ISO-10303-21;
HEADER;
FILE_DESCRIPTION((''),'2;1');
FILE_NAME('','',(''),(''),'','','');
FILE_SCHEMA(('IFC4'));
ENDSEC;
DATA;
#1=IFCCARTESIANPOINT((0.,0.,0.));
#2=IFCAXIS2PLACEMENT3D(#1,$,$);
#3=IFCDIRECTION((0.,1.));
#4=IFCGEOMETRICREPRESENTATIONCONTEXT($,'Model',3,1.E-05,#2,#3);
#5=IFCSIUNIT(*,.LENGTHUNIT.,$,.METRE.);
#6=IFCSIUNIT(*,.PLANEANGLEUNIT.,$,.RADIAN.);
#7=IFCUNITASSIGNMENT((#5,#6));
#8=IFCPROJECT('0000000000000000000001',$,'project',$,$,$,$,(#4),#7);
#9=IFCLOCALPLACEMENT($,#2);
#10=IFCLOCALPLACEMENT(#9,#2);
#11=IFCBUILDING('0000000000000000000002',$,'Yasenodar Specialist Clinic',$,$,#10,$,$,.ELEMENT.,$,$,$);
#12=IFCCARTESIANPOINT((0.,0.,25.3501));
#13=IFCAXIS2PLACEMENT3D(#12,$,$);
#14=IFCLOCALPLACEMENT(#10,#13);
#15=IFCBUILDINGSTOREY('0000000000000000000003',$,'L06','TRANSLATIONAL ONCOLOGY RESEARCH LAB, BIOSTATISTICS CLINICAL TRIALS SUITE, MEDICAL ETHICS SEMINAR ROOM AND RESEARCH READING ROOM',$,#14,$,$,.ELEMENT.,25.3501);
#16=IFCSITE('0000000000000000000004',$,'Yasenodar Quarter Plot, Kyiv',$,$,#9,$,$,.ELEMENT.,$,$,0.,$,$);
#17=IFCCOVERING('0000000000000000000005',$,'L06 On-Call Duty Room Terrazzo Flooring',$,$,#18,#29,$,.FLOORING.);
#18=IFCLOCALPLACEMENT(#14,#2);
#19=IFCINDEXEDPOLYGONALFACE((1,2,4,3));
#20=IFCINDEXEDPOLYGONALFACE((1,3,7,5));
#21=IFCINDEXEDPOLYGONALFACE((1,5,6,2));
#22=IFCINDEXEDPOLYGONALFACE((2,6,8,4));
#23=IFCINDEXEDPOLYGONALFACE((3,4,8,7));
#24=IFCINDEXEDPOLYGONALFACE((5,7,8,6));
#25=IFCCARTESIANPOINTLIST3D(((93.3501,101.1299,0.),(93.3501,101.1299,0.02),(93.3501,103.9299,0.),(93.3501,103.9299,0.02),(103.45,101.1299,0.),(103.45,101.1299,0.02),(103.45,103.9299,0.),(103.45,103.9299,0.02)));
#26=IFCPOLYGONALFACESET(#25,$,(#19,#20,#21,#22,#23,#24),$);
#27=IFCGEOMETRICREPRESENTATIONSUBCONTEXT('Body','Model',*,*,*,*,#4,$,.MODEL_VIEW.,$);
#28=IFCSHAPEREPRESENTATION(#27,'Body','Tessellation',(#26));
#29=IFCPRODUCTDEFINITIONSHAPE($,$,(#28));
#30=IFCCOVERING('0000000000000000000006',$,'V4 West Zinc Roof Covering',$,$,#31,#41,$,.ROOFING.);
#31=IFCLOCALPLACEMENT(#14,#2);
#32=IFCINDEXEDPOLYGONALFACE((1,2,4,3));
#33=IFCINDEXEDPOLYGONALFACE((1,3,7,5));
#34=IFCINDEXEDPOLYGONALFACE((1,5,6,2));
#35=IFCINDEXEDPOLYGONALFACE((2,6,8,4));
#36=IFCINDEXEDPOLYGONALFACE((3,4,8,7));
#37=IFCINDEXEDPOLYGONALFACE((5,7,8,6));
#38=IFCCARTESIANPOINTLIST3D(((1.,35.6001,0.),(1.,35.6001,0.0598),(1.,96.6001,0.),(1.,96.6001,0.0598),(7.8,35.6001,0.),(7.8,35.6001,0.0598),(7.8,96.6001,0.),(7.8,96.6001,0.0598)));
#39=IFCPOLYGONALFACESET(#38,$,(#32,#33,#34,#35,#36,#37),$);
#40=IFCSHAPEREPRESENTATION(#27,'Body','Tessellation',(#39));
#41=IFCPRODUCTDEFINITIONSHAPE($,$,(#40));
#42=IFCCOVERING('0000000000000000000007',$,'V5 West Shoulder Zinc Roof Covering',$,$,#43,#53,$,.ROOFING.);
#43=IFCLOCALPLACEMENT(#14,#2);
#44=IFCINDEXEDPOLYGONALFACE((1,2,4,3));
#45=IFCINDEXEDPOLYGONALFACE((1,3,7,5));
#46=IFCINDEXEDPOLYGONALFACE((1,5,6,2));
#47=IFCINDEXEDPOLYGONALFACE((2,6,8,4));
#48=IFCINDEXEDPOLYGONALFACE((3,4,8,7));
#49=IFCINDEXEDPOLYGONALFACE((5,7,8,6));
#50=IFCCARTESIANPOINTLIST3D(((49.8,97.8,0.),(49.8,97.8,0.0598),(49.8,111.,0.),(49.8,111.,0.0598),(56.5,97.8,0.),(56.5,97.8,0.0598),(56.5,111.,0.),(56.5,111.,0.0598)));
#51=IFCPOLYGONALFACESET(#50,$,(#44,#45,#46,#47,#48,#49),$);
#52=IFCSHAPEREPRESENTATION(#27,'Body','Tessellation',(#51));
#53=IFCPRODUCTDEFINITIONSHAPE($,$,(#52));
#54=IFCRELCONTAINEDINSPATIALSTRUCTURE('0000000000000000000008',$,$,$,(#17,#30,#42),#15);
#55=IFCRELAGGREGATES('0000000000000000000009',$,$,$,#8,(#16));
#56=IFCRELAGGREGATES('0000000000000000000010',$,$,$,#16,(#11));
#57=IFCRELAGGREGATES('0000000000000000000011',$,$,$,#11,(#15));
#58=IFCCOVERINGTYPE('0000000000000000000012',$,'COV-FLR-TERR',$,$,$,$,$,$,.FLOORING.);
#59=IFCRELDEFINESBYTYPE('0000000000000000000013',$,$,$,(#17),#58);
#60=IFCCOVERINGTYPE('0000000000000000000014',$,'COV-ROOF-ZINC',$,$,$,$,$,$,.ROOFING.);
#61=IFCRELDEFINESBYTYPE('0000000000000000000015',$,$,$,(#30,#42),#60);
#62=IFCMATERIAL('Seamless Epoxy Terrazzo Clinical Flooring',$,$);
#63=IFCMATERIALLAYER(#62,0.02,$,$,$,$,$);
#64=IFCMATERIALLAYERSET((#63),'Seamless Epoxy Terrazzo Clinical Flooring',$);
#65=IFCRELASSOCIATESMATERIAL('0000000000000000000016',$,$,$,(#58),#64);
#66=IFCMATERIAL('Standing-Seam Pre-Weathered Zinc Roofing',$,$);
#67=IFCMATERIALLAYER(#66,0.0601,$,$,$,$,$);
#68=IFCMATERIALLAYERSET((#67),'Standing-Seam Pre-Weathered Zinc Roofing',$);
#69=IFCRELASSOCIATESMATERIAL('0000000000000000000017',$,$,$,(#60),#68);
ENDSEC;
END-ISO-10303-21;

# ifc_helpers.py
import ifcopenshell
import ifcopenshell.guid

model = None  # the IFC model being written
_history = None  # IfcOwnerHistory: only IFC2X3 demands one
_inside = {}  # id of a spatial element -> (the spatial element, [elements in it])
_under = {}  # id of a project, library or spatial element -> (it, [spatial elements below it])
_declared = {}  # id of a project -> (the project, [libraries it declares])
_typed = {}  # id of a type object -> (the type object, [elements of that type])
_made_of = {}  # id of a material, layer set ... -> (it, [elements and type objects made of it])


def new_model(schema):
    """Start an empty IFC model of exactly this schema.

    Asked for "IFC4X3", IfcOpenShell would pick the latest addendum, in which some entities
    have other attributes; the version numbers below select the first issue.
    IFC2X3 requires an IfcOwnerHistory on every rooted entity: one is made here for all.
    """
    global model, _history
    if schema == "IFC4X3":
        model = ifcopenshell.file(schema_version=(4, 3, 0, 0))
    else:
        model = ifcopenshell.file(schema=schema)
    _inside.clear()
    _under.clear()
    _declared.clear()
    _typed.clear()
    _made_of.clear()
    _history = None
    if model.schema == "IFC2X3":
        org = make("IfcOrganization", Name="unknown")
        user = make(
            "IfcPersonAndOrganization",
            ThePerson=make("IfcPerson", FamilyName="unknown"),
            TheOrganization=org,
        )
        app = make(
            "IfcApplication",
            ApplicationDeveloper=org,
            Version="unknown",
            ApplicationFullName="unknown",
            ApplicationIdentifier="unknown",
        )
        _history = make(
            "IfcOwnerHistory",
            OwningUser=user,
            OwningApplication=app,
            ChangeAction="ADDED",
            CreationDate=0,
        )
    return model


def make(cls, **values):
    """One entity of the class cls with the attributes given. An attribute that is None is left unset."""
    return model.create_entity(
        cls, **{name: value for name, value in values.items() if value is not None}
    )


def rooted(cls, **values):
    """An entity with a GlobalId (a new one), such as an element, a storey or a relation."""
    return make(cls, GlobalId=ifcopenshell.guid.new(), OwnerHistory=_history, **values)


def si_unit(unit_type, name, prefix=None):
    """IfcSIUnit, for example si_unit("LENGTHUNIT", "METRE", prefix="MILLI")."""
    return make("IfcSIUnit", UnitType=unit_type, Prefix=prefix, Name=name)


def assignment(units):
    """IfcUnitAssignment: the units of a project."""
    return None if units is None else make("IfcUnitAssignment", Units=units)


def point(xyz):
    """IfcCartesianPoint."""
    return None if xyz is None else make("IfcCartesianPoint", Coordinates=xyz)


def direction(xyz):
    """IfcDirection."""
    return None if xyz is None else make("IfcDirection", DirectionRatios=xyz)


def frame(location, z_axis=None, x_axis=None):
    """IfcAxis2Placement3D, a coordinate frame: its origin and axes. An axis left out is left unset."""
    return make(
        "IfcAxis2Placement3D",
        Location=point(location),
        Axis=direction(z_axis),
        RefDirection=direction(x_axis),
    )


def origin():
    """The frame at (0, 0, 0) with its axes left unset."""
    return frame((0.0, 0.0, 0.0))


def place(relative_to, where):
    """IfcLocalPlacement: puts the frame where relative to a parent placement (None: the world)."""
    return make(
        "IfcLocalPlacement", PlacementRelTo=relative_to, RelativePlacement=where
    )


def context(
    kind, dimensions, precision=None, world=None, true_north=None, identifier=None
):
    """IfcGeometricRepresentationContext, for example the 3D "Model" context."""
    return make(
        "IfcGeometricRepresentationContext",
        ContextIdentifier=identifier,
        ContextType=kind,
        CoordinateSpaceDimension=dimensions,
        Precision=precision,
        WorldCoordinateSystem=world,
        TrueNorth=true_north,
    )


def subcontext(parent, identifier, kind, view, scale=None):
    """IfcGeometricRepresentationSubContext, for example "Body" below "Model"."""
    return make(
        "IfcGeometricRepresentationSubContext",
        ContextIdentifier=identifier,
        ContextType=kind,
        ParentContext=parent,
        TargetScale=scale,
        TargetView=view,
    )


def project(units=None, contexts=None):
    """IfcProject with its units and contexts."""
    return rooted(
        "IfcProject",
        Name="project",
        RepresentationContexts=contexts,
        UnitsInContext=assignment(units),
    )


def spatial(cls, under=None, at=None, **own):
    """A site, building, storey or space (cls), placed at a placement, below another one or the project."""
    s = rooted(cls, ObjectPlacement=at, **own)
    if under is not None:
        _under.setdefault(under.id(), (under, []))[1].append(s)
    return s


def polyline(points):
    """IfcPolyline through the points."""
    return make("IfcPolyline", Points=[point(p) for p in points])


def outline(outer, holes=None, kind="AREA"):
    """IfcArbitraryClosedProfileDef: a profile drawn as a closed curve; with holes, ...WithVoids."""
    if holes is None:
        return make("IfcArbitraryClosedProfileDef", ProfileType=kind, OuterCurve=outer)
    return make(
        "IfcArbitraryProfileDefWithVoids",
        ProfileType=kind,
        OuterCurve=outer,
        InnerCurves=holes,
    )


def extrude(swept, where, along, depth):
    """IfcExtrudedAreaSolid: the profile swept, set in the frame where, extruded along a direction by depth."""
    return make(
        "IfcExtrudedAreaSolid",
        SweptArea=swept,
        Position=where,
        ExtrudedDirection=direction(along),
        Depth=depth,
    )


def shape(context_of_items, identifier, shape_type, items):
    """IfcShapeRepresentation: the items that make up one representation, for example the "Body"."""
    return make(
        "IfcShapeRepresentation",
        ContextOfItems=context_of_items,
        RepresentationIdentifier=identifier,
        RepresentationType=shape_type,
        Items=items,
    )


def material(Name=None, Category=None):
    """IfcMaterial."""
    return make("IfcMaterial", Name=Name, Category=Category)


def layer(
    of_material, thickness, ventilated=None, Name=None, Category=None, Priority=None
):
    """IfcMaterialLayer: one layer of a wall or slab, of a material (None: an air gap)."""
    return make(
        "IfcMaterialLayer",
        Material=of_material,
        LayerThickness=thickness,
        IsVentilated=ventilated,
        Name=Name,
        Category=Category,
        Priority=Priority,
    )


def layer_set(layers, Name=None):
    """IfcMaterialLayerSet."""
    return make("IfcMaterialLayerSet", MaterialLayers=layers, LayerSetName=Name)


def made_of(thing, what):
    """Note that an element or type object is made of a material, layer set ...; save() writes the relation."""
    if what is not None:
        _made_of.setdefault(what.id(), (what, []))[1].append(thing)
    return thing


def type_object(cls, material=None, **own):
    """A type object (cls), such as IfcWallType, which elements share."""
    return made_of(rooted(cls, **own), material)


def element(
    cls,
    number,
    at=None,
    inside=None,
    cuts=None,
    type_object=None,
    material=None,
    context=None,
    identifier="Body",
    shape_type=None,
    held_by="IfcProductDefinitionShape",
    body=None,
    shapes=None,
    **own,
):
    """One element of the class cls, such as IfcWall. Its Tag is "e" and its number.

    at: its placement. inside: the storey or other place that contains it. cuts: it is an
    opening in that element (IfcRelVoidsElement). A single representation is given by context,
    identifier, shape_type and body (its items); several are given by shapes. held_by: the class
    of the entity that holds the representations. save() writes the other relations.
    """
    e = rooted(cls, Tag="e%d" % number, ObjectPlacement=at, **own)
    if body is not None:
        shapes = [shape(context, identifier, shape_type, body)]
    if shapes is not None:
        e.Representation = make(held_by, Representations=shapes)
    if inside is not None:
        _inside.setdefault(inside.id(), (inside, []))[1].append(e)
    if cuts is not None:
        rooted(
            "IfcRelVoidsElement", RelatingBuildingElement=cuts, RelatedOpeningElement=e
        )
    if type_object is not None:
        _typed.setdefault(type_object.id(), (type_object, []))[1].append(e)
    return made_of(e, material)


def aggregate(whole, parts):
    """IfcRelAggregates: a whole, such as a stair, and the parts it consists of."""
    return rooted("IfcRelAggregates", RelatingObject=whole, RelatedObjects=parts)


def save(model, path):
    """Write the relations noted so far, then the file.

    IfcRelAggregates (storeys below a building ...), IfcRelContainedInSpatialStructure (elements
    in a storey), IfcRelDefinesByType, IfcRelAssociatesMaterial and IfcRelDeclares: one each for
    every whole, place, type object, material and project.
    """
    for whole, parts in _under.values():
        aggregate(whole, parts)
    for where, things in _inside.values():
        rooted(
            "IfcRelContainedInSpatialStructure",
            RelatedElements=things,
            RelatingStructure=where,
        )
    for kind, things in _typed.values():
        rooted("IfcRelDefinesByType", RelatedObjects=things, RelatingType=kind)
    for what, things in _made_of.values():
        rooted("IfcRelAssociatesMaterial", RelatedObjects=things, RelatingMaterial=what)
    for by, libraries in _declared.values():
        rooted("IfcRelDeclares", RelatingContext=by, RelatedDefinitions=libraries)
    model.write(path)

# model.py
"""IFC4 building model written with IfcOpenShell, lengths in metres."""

from ifc_helpers import new_model, si_unit, direction, frame, origin, place, context, subcontext, project, spatial, polyline, outline, extrude, material, layer, layer_set, type_object, element, save


model = new_model("IFC4")

# Units and contexts
model_context = context("Model", 3, precision=1e-05, world=origin(), true_north=direction((0.0, 1.0)))
body_context = subcontext(model_context, "Body", "Model", "MODEL_VIEW")
ifc_project = project(units=[si_unit("LENGTHUNIT", "METRE"), si_unit("PLANEANGLEUNIT", "RADIAN")], contexts=[model_context])

# Site, building, storey
site_placement = place(None, origin())
site = spatial("IfcSite", under=ifc_project, at=site_placement, Name="Yasenodar Quarter Plot, Kyiv", CompositionType="ELEMENT", RefElevation=0.0)
building_placement = place(site_placement, origin())
building = spatial("IfcBuilding", under=site, at=building_placement, Name="Yasenodar Specialist Clinic", CompositionType="ELEMENT")
storey_placement = place(building_placement, frame((0.0, 0.0, 25.3501)))
storey = spatial("IfcBuildingStorey", under=building, at=storey_placement, Name="L06", Description="TRANSLATIONAL ONCOLOGY RESEARCH LAB, BIOSTATISTICS CLINICAL TRIALS SUITE, MEDICAL ETHICS SEMINAR ROOM AND RESEARCH READING ROOM", CompositionType="ELEMENT", Elevation=25.3501)

# Coverings
ifc_material_1 = material(Name="Seamless Epoxy Terrazzo Clinical Flooring")
ifc_layer_1 = layer(ifc_material_1, 0.02)
ifc_layer_set_1 = layer_set([ifc_layer_1], Name="Seamless Epoxy Terrazzo Clinical Flooring")
covering_type_1 = type_object("IfcCoveringType", Name="COV-FLR-TERR", PredefinedType="FLOORING", material=ifc_layer_set_1)
covering_1_placement = place(storey_placement, origin())
element("IfcCovering", 1, at=covering_1_placement, inside=storey, type_object=covering_type_1, Name="L06 On-Call Duty Room Terrazzo Flooring", PredefinedType="FLOORING", context=body_context, shape_type="SweptSolid", body=[
    extrude(outline(polyline([(103.45, 103.9299), (103.45, 101.1299), (93.3501, 101.1299), (93.3501, 103.9299), (103.45, 103.9299)])), origin(), (0.0, 0.0, 1.0), 0.02),
])
ifc_material_2 = material(Name="Standing-Seam Pre-Weathered Zinc Roofing")
ifc_layer_2 = layer(ifc_material_2, 0.0601)
ifc_layer_set_2 = layer_set([ifc_layer_2], Name="Standing-Seam Pre-Weathered Zinc Roofing")
covering_type_2 = type_object("IfcCoveringType", Name="COV-ROOF-ZINC", PredefinedType="ROOFING", material=ifc_layer_set_2)
covering_2_placement = place(storey_placement, origin())
element("IfcCovering", 2, at=covering_2_placement, inside=storey, type_object=covering_type_2, Name="V4 West Zinc Roof Covering", PredefinedType="ROOFING", context=body_context, shape_type="SweptSolid", body=[
    extrude(outline(polyline([(1.0, 35.6001), (7.8, 35.6001), (7.8, 96.6001), (1.0, 96.6001), (1.0, 35.6001)])), origin(), (0.0, 0.0, 1.0), 0.0598),
])
covering_3_placement = place(storey_placement, origin())
element("IfcCovering", 3, at=covering_3_placement, inside=storey, type_object=covering_type_2, Name="V5 West Shoulder Zinc Roof Covering", PredefinedType="ROOFING", context=body_context, shape_type="SweptSolid", body=[
    extrude(outline(polyline([(49.8, 97.8), (56.5, 97.8), (56.5, 111.0), (49.8, 111.0), (49.8, 97.8)])), origin(), (0.0, 0.0, 1.0), 0.0598),
])

save(model, "model.ifc")
